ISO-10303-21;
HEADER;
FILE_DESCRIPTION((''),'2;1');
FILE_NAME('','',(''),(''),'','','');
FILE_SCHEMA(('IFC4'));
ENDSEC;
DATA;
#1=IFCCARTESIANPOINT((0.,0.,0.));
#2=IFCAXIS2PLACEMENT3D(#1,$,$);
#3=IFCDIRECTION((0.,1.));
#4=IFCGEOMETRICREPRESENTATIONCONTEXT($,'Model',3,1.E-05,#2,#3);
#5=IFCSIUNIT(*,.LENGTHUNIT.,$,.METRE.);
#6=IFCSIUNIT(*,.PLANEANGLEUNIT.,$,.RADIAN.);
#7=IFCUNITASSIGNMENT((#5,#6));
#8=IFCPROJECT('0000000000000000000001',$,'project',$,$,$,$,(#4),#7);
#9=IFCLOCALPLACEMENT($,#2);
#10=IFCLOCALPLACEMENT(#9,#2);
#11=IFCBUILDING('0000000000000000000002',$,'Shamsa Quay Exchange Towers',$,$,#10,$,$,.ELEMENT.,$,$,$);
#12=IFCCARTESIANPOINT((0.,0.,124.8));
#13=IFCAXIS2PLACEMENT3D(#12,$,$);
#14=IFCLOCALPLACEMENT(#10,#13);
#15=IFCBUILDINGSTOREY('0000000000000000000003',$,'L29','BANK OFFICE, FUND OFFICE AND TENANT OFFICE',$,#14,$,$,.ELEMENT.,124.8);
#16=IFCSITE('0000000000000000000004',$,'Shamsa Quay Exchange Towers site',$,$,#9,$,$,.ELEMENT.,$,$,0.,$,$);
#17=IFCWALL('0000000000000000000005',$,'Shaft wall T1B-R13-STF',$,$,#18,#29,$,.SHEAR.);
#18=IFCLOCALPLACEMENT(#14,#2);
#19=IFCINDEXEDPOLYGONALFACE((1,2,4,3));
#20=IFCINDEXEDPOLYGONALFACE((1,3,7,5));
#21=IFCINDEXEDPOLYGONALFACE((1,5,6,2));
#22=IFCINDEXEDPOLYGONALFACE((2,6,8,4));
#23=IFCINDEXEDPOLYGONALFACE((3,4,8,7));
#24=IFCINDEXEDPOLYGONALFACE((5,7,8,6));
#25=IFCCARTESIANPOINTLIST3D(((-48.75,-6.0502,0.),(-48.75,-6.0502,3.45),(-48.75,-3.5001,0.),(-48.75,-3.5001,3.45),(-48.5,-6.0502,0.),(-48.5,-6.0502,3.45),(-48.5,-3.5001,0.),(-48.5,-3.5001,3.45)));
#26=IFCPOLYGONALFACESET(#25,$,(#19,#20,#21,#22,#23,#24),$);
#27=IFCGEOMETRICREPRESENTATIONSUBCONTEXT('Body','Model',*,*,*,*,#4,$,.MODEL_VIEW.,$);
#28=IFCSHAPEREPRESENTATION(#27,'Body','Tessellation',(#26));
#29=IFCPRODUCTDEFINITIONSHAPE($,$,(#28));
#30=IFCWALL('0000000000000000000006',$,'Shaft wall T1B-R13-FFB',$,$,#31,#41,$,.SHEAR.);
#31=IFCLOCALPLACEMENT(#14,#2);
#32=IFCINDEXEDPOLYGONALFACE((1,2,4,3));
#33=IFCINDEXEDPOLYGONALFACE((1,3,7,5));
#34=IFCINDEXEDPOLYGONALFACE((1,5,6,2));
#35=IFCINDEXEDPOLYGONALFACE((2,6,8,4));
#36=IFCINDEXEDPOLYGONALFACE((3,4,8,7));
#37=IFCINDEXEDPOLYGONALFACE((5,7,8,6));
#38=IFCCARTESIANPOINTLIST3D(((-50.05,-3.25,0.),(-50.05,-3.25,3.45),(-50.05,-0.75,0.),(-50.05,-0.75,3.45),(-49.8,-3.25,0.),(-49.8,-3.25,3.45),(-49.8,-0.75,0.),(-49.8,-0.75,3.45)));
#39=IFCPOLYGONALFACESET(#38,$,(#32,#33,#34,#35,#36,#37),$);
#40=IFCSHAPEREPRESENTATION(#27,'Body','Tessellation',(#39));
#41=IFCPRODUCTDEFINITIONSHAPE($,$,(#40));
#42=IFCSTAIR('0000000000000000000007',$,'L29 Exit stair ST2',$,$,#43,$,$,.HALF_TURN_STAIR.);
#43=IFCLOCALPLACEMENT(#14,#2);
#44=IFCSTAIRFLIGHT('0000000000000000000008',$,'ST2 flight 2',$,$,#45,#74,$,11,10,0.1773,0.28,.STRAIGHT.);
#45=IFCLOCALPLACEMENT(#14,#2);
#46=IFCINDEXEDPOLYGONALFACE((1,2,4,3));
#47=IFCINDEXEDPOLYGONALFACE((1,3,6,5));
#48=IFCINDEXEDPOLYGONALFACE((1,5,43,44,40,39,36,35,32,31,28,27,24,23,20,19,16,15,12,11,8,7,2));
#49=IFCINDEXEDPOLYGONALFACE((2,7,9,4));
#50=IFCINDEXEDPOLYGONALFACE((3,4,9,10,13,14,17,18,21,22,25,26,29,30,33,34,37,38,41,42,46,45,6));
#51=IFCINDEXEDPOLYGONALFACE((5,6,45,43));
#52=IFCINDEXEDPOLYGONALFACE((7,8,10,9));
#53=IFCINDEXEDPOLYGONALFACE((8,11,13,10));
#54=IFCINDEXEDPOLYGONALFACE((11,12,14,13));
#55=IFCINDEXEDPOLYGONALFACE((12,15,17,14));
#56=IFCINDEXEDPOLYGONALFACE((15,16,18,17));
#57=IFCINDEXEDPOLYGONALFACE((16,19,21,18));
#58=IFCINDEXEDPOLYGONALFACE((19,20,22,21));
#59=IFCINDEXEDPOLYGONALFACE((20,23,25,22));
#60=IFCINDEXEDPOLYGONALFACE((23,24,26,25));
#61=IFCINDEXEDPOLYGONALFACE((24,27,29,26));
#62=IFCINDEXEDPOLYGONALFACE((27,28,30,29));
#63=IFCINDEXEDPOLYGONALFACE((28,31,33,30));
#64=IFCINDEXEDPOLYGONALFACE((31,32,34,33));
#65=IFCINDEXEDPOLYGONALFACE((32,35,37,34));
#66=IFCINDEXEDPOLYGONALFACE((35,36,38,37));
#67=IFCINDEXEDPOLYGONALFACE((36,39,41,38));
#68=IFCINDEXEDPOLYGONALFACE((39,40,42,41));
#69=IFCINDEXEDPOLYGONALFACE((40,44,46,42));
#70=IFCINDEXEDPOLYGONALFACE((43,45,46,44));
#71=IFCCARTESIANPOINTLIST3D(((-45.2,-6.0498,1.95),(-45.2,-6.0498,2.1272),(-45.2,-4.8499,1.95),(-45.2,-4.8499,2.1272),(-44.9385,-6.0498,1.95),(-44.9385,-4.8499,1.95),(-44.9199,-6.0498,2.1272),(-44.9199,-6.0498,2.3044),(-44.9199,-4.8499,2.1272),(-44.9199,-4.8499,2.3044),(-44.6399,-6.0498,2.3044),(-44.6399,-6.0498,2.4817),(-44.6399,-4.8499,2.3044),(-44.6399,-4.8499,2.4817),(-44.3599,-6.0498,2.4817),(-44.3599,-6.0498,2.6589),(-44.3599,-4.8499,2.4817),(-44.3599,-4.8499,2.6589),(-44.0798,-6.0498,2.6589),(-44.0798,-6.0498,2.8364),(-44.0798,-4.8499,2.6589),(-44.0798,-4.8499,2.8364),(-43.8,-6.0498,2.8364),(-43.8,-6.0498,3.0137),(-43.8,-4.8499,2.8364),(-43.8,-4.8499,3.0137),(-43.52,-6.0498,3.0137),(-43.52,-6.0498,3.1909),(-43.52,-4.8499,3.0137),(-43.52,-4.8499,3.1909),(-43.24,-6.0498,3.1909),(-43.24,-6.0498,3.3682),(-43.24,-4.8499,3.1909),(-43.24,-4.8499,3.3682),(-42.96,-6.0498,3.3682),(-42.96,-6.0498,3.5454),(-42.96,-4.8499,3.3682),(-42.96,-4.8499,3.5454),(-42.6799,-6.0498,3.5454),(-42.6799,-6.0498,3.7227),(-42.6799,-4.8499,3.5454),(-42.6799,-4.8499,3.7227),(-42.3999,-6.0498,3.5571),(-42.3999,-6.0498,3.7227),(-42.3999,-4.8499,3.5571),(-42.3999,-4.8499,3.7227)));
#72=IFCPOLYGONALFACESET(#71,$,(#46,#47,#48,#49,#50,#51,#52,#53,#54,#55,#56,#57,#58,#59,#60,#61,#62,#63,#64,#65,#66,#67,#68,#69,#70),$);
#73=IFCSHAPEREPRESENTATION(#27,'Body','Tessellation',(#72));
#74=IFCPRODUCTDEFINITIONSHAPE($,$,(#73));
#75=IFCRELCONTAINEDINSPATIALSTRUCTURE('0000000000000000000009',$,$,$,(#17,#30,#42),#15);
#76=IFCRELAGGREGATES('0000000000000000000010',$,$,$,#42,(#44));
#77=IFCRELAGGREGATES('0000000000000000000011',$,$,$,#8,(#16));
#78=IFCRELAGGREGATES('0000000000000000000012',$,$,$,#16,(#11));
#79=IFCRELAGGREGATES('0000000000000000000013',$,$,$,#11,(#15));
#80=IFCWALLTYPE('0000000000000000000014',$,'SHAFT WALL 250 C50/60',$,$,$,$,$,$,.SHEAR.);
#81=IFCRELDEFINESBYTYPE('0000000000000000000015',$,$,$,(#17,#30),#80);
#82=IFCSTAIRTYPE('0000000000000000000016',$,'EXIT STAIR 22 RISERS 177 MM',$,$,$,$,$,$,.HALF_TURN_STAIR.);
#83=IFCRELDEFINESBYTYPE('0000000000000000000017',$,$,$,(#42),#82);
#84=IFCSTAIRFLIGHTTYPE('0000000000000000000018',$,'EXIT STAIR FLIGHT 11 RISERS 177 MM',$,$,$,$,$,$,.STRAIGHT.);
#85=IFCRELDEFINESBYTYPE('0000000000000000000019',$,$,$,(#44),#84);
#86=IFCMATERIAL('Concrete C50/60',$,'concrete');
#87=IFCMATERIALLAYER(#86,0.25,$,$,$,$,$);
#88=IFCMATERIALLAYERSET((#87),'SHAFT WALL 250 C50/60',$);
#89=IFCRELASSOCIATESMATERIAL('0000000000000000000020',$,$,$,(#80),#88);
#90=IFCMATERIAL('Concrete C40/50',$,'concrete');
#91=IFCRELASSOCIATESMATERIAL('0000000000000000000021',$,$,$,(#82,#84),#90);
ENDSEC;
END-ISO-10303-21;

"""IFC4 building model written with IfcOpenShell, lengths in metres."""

from ifc_helpers import new_model, si_unit, direction, frame, frame_2d, origin, place, context, subcontext, project, spatial, polyline, rectangle, outline, extrude, material, layer, layer_set, type_object, element, aggregate, save


model = new_model("IFC4")

# Units and contexts
model_context = context("Model", 3, precision=1e-05, world=origin(), true_north=direction((0.0, 1.0)))
body_context = subcontext(model_context, "Body", "Model", "MODEL_VIEW")
ifc_project = project(units=[si_unit("LENGTHUNIT", "METRE"), si_unit("PLANEANGLEUNIT", "RADIAN")], contexts=[model_context])

# Site, building, storey
site_placement = place(None, origin())
site = spatial("IfcSite", under=ifc_project, at=site_placement, Name="Shamsa Quay Exchange Towers site", CompositionType="ELEMENT", RefElevation=0.0)
building_placement = place(site_placement, origin())
building = spatial("IfcBuilding", under=site, at=building_placement, Name="Shamsa Quay Exchange Towers", CompositionType="ELEMENT")
storey_placement = place(building_placement, frame((0.0, 0.0, 124.8)))
storey = spatial("IfcBuildingStorey", under=building, at=storey_placement, Name="L29", Description="BANK OFFICE, FUND OFFICE AND TENANT OFFICE", CompositionType="ELEMENT", Elevation=124.8)

# Wall
ifc_material_1 = material(Name="Concrete C50/60", Category="concrete")
ifc_layer_1 = layer(ifc_material_1, 0.25)
ifc_layer_set_1 = layer_set([ifc_layer_1], Name="SHAFT WALL 250 C50/60")
wall_type_1 = type_object("IfcWallType", Name="SHAFT WALL 250 C50/60", PredefinedType="SHEAR", material=ifc_layer_set_1)
wall_1_placement = place(storey_placement, frame((-48.625, -6.05, 0.0), z_axis=(0.0, 0.0, 1.0), x_axis=(0.0, 1.0, 0.0)))
element("IfcWall", 1, at=wall_1_placement, inside=storey, type_object=wall_type_1, Name="Shaft wall T1B-R13-STF", PredefinedType="SHEAR", context=body_context, shape_type="SweptSolid", body=[
    extrude(rectangle(XDim=2.55, YDim=0.25, at=frame_2d((1.2749, 0.0))), origin(), (0.0, 0.0, 1.0), 3.45),
])

# Wall
wall_2_placement = place(storey_placement, frame((-49.925, -3.25, 0.0), z_axis=(0.0, 0.0, 1.0), x_axis=(0.0, 1.0, 0.0)))
element("IfcWall", 2, at=wall_2_placement, inside=storey, type_object=wall_type_1, Name="Shaft wall T1B-R13-FFB", PredefinedType="SHEAR", context=body_context, shape_type="SweptSolid", body=[
    extrude(rectangle(XDim=2.5, YDim=0.25, at=frame_2d((1.25, 0.0))), origin(), (0.0, 0.0, 1.0), 3.45),
])

# Stair, stair flight
ifc_material_2 = material(Name="Concrete C40/50", Category="concrete")
stair_type = type_object("IfcStairType", Name="EXIT STAIR 22 RISERS 177 MM", PredefinedType="HALF_TURN_STAIR", material=ifc_material_2)
stair_placement = place(storey_placement, origin())
stair = element("IfcStair", 3, at=stair_placement, inside=storey, type_object=stair_type, Name="L29 Exit stair ST2", PredefinedType="HALF_TURN_STAIR")
stair_flight_type = type_object("IfcStairFlightType", Name="EXIT STAIR FLIGHT 11 RISERS 177 MM", PredefinedType="STRAIGHT", material=ifc_material_2)
stair_flight_placement = place(storey_placement, frame((-45.2, -5.45, 1.95)))
stair_flight = element("IfcStairFlight", 4, at=stair_flight_placement, type_object=stair_flight_type, Name="ST2 flight 2", NumberOfRisers=11, NumberOfTreads=10, PredefinedType="STRAIGHT", RiserHeight=0.1773, TreadLength=0.28, context=body_context, shape_type="SweptSolid", body=[
    extrude(outline(polyline([(0.0, 0.0), (0.0, 0.1772), (0.28, 0.1772), (0.28, 0.3545), (0.5601, 0.3545), (0.5601, 0.5317), (0.8401, 0.5317), (0.8401, 0.709), (1.1201, 0.709), (1.1201, 0.8865), (1.3999, 0.8865), (1.3999, 1.0637), (1.6799, 1.0637), (1.6799, 1.241), (1.96, 1.241), (1.96, 1.4182), (2.24, 1.4182), (2.24, 1.5955), (2.52, 1.5955), (2.52, 1.7727), (2.8, 1.7727), (2.8, 1.95), (2.8, 1.6072), (0.2615, 0.0), (0.0, 0.0)])), frame((0.0, 0.6001, 0.0), z_axis=(0.0, -1.0, 0.0), x_axis=(1.0, 0.0, 0.0)), (0.0, 0.0, 1.0), 1.2),
])
aggregate(stair, [stair_flight])

save(model, "model.ifc")
